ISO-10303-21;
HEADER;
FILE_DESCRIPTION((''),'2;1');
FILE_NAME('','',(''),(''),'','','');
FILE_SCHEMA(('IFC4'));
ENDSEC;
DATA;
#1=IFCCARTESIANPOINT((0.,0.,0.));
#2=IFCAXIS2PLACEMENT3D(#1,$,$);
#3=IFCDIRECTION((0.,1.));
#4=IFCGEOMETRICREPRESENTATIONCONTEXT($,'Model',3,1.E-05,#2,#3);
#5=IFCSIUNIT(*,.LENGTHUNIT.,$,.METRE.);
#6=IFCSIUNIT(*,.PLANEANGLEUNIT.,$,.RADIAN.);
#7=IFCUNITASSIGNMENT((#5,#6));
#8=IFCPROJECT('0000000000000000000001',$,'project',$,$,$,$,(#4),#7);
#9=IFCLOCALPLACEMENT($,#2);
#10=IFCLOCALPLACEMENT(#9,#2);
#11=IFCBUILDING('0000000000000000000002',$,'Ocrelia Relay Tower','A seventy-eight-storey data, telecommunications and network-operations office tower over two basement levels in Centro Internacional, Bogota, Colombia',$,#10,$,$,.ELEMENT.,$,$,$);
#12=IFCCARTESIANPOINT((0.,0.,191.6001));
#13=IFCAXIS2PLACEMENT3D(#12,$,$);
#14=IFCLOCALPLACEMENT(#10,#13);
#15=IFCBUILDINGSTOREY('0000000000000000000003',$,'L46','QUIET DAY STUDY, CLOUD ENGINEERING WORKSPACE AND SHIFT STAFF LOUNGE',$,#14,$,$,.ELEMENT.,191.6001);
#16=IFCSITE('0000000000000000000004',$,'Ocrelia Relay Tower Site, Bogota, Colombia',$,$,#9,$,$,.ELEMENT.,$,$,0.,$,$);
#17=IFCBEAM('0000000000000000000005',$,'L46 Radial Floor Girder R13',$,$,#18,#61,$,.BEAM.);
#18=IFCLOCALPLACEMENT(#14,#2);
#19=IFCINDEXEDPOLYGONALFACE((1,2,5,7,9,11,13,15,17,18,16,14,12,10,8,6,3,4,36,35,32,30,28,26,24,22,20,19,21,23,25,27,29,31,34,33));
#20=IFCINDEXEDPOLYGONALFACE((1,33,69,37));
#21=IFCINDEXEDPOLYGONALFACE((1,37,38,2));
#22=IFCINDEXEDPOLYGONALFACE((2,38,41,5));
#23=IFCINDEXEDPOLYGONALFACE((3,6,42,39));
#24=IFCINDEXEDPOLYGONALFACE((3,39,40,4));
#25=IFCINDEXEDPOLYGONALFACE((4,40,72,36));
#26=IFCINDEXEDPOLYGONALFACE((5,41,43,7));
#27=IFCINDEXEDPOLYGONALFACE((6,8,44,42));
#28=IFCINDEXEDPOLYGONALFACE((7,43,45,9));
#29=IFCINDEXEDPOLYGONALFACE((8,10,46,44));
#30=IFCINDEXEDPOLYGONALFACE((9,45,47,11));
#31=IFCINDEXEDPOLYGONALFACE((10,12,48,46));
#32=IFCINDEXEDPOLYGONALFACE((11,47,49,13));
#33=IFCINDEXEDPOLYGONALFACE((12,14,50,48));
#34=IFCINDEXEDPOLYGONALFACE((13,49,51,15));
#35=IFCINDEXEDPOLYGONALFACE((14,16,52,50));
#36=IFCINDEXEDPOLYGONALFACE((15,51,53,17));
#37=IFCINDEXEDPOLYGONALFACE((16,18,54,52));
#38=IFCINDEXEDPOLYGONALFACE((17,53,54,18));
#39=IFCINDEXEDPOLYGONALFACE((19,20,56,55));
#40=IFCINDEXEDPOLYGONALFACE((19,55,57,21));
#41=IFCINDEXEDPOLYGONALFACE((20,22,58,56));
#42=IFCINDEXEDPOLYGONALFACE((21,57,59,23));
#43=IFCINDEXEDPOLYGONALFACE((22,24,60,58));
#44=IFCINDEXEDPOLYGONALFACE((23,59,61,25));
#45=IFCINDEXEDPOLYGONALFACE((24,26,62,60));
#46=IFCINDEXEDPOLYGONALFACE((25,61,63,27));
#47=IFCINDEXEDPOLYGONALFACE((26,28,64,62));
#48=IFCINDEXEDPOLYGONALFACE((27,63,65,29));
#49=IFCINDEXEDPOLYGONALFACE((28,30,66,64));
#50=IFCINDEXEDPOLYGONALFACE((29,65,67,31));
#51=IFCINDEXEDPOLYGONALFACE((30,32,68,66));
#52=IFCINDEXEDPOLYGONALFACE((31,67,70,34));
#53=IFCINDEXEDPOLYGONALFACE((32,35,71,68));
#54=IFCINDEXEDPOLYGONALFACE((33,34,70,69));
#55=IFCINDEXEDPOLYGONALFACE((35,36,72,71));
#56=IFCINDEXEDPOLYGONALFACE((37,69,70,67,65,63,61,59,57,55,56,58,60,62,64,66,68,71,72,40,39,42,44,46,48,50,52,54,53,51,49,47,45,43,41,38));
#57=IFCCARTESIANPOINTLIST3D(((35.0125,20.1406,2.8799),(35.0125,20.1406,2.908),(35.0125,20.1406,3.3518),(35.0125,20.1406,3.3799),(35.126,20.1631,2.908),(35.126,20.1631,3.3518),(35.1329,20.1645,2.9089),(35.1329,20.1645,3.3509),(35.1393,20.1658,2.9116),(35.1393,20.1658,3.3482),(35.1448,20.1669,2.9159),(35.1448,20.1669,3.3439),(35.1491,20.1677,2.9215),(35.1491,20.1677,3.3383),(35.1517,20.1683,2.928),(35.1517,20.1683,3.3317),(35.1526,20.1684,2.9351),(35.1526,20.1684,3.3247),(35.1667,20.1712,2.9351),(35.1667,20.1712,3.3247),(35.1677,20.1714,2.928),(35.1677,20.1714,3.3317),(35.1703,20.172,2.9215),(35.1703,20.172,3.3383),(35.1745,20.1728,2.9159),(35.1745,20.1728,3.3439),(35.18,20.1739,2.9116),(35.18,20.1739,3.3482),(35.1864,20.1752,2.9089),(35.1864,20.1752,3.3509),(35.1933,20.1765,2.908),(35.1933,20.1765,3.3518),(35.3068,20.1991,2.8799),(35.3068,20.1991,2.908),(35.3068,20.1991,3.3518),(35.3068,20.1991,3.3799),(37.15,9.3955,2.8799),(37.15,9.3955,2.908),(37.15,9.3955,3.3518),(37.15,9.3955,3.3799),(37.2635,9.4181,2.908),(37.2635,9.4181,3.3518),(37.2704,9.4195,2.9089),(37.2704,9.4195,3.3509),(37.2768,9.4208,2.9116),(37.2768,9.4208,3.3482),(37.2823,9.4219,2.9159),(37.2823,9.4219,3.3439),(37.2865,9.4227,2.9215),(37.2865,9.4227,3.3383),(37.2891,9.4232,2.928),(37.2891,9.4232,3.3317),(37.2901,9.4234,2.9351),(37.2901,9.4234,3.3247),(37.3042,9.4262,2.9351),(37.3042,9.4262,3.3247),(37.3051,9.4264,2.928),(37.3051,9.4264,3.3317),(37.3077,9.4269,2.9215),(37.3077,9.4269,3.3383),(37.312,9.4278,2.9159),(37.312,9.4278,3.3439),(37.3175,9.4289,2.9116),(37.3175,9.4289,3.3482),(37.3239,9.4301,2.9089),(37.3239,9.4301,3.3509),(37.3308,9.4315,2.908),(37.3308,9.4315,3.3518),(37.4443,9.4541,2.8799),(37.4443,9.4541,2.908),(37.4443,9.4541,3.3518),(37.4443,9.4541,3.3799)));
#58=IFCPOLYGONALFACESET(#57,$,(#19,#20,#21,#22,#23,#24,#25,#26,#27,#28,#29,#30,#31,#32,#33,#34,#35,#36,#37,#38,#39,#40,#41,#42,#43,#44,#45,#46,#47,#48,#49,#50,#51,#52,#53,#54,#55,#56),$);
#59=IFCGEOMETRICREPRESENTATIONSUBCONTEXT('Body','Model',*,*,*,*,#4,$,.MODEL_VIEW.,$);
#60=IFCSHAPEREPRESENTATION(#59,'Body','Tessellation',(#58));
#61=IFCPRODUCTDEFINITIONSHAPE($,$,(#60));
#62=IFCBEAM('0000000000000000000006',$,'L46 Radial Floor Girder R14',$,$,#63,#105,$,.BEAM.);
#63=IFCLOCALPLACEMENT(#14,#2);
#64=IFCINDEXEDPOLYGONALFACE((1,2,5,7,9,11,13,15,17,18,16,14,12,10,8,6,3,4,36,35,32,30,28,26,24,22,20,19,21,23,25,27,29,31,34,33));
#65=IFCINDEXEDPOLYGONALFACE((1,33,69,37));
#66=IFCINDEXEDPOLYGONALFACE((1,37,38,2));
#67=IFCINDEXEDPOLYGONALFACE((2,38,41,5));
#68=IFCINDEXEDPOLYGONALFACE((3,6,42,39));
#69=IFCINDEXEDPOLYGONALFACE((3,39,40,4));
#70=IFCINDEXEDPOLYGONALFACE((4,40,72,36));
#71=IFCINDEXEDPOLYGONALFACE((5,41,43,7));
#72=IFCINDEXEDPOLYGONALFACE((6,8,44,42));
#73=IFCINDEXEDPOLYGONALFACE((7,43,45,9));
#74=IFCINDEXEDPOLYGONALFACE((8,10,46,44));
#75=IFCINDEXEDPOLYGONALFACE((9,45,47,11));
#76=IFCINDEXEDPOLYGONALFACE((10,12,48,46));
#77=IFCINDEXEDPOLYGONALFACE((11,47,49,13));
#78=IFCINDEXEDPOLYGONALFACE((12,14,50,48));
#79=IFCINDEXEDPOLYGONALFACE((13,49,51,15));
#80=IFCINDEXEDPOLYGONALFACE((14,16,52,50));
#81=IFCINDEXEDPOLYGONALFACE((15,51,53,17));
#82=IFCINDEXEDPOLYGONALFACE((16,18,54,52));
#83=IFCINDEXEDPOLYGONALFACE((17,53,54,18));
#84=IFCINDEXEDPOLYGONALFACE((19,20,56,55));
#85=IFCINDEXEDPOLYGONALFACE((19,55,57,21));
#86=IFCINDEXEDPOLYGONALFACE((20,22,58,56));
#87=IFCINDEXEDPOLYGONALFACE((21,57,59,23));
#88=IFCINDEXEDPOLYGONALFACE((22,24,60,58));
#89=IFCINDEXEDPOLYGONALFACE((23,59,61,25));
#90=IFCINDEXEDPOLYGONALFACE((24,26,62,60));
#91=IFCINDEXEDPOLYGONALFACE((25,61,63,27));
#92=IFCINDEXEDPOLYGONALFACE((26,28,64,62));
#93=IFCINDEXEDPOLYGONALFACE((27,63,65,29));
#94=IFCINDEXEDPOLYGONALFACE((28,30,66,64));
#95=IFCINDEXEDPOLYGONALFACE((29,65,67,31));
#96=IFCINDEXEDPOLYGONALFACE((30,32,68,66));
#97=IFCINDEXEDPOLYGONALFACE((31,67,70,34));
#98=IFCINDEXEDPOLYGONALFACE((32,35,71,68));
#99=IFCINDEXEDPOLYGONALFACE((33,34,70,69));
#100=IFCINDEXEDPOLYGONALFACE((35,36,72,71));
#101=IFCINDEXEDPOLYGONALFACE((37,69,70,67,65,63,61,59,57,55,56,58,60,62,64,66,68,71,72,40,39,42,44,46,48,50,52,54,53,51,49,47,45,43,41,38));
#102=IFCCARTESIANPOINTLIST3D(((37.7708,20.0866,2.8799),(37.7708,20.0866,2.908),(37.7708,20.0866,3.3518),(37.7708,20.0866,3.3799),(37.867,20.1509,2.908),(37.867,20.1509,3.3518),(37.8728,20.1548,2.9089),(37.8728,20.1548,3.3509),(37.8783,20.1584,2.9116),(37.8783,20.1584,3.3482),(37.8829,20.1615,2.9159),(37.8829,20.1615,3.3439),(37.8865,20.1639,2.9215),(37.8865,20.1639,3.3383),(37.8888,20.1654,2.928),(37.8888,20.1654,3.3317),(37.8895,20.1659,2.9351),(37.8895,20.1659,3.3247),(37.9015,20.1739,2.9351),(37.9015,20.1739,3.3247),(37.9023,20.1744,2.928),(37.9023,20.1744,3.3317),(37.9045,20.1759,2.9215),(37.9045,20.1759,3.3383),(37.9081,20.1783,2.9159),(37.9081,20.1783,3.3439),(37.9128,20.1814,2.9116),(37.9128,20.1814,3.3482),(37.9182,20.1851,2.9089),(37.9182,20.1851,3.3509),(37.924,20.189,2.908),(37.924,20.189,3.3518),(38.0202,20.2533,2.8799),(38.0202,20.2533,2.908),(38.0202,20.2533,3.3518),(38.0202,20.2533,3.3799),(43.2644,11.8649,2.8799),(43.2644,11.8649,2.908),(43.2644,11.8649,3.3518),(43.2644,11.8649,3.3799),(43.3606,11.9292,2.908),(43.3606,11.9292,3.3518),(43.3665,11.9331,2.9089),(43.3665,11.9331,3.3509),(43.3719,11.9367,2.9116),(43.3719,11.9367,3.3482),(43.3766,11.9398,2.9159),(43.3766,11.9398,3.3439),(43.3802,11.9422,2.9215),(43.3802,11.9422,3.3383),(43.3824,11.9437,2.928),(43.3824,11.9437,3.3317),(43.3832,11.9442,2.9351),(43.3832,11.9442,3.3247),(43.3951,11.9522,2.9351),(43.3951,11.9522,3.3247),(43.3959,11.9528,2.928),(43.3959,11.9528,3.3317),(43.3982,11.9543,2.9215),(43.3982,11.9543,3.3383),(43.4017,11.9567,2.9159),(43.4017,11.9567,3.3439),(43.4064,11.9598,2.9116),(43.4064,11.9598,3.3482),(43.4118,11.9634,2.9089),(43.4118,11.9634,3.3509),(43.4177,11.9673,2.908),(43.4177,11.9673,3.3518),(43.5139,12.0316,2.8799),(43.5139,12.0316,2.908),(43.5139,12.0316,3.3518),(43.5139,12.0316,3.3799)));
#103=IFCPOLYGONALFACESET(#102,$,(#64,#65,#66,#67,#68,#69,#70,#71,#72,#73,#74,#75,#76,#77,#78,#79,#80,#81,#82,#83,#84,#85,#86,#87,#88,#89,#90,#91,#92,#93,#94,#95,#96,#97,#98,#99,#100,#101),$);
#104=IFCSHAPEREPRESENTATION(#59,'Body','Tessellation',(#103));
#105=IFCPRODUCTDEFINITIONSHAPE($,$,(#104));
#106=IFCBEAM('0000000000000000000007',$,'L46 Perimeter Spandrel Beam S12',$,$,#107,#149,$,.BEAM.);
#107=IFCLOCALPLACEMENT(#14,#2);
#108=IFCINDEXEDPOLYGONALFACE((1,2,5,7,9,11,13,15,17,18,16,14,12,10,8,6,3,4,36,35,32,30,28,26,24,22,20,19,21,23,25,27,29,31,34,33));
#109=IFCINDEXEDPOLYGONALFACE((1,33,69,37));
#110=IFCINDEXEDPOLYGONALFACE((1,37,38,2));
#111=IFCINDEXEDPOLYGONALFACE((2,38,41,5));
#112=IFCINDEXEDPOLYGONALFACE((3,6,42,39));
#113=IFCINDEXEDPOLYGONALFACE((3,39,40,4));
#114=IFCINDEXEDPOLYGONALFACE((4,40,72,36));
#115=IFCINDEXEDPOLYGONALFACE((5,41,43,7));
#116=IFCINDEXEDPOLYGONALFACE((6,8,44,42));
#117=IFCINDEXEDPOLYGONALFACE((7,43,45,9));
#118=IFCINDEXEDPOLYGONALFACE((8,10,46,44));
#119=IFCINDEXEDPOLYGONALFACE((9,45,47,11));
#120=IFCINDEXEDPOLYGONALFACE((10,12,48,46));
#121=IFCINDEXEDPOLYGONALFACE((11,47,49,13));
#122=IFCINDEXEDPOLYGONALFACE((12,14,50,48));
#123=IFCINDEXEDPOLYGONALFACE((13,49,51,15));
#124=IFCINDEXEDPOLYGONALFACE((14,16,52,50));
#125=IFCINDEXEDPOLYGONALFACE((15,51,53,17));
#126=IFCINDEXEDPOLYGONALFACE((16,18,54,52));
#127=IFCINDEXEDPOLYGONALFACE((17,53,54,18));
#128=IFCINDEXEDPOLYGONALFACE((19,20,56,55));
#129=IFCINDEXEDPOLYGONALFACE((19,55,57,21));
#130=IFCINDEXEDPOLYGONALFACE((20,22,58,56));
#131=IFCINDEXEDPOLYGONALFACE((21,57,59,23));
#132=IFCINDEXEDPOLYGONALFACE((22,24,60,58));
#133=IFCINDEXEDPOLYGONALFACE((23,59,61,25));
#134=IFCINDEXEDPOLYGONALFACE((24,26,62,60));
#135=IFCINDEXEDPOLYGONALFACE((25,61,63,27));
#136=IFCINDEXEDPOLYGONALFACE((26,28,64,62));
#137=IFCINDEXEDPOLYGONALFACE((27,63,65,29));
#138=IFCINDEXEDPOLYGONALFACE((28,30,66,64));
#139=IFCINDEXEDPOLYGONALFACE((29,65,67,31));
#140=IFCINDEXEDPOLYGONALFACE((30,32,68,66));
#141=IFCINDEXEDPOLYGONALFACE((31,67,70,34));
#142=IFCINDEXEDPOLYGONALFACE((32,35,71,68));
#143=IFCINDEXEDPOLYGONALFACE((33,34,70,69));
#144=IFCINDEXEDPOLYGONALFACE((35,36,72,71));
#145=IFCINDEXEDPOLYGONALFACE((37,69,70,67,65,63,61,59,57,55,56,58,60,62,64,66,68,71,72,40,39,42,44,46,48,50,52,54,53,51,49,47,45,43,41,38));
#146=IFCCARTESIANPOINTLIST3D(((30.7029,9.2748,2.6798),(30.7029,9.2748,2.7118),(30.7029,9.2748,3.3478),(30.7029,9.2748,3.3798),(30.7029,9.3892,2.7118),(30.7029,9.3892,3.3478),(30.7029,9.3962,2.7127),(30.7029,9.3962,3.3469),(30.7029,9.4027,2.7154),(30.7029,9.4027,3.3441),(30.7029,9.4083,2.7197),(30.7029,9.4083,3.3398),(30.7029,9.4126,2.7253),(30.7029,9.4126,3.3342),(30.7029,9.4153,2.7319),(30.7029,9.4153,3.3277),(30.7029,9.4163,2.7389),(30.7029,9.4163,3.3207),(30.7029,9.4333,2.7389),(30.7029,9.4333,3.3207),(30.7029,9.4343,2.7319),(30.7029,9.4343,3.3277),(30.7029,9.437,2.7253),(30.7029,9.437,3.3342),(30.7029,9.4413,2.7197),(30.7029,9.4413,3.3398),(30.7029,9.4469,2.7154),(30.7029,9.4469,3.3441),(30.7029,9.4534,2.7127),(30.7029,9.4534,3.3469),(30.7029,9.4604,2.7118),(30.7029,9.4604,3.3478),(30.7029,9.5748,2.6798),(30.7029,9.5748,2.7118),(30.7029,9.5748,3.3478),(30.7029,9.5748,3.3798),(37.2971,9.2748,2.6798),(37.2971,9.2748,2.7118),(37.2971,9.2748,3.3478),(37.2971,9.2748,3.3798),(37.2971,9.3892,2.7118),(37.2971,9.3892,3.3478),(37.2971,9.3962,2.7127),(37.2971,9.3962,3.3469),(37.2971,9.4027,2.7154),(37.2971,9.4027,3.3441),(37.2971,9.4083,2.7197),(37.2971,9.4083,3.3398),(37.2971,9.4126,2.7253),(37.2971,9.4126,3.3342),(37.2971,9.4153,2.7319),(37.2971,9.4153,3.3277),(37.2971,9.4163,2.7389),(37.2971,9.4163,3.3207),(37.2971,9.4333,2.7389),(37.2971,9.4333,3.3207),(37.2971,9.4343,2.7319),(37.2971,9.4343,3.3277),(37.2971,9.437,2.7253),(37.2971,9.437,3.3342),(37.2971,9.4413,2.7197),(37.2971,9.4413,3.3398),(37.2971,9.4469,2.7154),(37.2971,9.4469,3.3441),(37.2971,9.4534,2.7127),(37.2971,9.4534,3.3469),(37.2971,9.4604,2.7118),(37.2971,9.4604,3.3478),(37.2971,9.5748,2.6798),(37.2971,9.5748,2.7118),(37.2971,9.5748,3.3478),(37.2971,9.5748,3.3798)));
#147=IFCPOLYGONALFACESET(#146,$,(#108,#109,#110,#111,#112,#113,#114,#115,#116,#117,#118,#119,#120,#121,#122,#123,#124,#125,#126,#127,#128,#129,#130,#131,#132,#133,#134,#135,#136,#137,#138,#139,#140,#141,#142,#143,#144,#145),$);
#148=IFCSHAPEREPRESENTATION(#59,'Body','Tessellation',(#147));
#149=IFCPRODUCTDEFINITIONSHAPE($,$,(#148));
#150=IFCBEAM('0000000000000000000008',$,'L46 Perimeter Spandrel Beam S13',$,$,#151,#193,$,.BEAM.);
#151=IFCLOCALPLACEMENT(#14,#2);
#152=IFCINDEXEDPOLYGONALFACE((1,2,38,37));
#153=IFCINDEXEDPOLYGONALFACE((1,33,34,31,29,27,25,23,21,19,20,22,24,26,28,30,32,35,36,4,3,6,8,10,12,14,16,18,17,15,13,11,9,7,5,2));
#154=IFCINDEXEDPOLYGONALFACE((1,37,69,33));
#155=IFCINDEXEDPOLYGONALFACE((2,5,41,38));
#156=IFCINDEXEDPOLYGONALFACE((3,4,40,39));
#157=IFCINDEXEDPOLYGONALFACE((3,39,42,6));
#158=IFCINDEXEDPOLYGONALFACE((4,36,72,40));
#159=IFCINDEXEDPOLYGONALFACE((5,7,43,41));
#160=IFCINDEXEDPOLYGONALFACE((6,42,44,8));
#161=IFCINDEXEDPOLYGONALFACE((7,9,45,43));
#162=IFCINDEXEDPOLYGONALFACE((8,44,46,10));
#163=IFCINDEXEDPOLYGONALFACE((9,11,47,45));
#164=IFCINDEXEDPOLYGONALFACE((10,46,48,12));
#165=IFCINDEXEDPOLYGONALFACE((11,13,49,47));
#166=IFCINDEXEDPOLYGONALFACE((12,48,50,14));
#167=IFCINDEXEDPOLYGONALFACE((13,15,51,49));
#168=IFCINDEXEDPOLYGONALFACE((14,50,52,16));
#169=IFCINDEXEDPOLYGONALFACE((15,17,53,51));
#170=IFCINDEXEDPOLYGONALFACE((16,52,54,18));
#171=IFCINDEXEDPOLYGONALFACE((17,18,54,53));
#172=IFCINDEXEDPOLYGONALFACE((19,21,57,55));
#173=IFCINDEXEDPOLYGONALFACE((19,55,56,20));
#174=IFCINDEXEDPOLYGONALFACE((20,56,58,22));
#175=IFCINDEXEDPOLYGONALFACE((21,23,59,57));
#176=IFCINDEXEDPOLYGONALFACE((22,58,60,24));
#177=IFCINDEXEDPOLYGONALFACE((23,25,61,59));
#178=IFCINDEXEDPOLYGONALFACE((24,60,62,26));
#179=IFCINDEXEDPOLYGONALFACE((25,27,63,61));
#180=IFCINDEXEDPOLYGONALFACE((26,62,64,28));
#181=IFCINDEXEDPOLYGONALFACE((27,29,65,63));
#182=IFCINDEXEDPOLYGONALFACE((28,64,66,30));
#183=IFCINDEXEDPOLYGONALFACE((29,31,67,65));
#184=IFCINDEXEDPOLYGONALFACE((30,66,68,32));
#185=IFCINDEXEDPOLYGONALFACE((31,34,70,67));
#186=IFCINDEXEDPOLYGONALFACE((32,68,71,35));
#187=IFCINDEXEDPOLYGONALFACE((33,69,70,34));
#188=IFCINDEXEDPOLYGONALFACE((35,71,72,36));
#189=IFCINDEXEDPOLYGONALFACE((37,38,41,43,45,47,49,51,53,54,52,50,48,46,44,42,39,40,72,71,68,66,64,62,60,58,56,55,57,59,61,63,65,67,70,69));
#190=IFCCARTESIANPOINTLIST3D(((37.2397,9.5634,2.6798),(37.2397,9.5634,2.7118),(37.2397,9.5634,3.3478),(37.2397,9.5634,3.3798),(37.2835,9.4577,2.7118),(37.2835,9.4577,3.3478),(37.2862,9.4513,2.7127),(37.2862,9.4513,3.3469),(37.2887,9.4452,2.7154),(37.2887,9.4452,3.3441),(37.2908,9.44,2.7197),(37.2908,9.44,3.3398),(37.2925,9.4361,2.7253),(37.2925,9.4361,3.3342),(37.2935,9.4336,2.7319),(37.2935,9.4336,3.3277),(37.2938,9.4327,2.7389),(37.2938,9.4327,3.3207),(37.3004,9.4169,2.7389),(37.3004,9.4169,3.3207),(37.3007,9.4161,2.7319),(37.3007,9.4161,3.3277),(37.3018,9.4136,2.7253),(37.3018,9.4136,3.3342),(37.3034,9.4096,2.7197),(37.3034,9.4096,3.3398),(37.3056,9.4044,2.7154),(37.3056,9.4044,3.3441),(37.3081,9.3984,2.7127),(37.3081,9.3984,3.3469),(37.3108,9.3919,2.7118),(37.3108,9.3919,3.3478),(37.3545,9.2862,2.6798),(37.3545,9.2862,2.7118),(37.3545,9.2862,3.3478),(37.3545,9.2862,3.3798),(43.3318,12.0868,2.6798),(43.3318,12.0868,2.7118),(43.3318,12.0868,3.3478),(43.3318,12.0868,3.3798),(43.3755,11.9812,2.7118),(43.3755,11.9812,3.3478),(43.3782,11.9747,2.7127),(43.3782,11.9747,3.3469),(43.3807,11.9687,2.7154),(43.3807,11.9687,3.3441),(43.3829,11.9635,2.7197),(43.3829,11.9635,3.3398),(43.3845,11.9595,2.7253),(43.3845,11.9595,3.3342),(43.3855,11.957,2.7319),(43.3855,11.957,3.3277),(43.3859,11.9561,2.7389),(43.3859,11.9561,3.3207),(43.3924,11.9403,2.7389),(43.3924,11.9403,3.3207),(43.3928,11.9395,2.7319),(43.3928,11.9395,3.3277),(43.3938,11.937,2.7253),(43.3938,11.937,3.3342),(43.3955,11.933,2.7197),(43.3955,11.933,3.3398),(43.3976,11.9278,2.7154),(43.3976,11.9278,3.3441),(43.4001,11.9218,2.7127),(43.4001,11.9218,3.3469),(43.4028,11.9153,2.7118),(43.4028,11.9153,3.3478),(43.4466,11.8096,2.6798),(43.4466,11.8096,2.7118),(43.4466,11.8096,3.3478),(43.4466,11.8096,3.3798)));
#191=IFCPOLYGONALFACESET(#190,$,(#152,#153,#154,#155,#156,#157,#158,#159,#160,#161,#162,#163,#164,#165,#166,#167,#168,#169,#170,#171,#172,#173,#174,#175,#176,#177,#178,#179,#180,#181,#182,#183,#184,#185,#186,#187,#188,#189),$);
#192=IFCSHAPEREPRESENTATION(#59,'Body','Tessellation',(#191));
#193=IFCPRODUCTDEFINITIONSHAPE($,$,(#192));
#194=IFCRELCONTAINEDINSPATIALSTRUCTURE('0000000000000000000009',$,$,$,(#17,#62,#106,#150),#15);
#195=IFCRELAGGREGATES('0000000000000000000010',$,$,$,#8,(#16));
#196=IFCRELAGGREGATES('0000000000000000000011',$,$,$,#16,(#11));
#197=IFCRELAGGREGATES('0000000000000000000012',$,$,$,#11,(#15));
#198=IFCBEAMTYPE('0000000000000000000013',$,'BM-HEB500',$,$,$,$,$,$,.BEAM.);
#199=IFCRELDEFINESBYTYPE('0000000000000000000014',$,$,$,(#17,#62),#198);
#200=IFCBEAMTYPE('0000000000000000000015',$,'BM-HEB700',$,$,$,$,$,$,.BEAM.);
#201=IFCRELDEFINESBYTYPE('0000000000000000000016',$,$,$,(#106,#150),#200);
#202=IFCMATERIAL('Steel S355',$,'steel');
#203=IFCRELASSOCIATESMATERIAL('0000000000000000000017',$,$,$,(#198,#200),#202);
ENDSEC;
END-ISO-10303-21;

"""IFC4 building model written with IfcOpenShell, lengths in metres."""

from ifc_helpers import new_model, si_unit, direction, frame, origin, origin_2d, place, context, subcontext, project, spatial, i_section, extrude, material, material_profile, profile_set, type_object, element, save


model = new_model("IFC4")

# Units and contexts
model_context = context("Model", 3, precision=1e-05, world=origin(), true_north=direction((0.0, 1.0)))
body_context = subcontext(model_context, "Body", "Model", "MODEL_VIEW")
ifc_project = project(units=[si_unit("LENGTHUNIT", "METRE"), si_unit("PLANEANGLEUNIT", "RADIAN")], contexts=[model_context])

# Site, building, storey
site_placement = place(None, origin())
site = spatial("IfcSite", under=ifc_project, at=site_placement, Name="Ocrelia Relay Tower Site, Bogota, Colombia", CompositionType="ELEMENT", RefElevation=0.0)
building_placement = place(site_placement, origin())
building = spatial("IfcBuilding", under=site, at=building_placement, Name="Ocrelia Relay Tower", Description="A seventy-eight-storey data, telecommunications and network-operations office tower over two basement levels in Centro Internacional, Bogota, Colombia", CompositionType="ELEMENT")
storey_placement = place(building_placement, frame((0.0, 0.0, 191.6001)))
storey = spatial("IfcBuildingStorey", under=building, at=storey_placement, Name="L46", Description="QUIET DAY STUDY, CLOUD ENGINEERING WORKSPACE AND SHIFT STAFF LOUNGE", CompositionType="ELEMENT", Elevation=191.6001)

# Beams
ifc_material_1 = material(Name="Steel S355", Category="steel")
ifc_material_profile_1 = material_profile(ifc_material_1, i_section(OverallWidth=0.3, OverallDepth=0.5, WebThickness=0.0144, FlangeThickness=0.0281, FilletRadius=0.0271, at=origin_2d()), Name="HEB 500")
ifc_profile_set_1 = profile_set([ifc_material_profile_1], Name="Steel S355")
beam_type_1 = type_object("IfcBeamType", Name="BM-HEB500", PredefinedType="BEAM", material=ifc_profile_set_1)
for number, where, z_axis, x_axis, name in (
    (1, (37.2971, 9.4248, 3.1299), (-0.1951, 0.980783, 0.0), (-0.980783, -0.1951, 0.0), "L46 Radial Floor Girder R13"),
):
    element("IfcBeam", number, at=place(storey_placement, frame(where, z_axis=z_axis, x_axis=x_axis)), inside=storey, type_object=beam_type_1, Name=name, PredefinedType="BEAM", context=body_context, shape_type="SweptSolid", body=[
        extrude(i_section(OverallWidth=0.3, OverallDepth=0.5, WebThickness=0.0144, FlangeThickness=0.0281, FilletRadius=0.0271, at=origin_2d()), origin(), (0.0, 0.0, 1.0), 10.9556),
    ])
beam_1_placement = place(storey_placement, frame((43.3892, 11.9482, 3.1299), z_axis=(-0.555577, 0.831465, 0.0), x_axis=(-0.831465, -0.555577, 0.0)))
element("IfcBeam", 2, at=beam_1_placement, inside=storey, type_object=beam_type_1, Name="L46 Radial Floor Girder R14", PredefinedType="BEAM", context=body_context, shape_type="SweptSolid", body=[
    extrude(i_section(OverallWidth=0.3, OverallDepth=0.5, WebThickness=0.0144, FlangeThickness=0.0281, FilletRadius=0.0271, at=origin_2d()), origin(), (0.0, 0.0, 1.0), 9.8882),
])
ifc_material_profile_2 = material_profile(ifc_material_1, i_section(OverallWidth=0.3, OverallDepth=0.7, WebThickness=0.0171, FlangeThickness=0.032, FilletRadius=0.0271, at=origin_2d()), Name="HEB 700")
ifc_profile_set_2 = profile_set([ifc_material_profile_2], Name="Steel S355")
beam_type_2 = type_object("IfcBeamType", Name="BM-HEB700", PredefinedType="BEAM", material=ifc_profile_set_2)
beam_2_placement = place(storey_placement, frame((30.7029, 9.4248, 3.0298), z_axis=(1.0, 0.0, 0.0), x_axis=(0.0, 1.0, 0.0)))
element("IfcBeam", 3, at=beam_2_placement, inside=storey, type_object=beam_type_2, Name="L46 Perimeter Spandrel Beam S12", PredefinedType="BEAM", context=body_context, shape_type="SweptSolid", body=[
    extrude(i_section(OverallWidth=0.3, OverallDepth=0.7, WebThickness=0.0171, FlangeThickness=0.032, FilletRadius=0.0271, at=origin_2d()), origin(), (0.0, 0.0, 1.0), 6.5942),
])
beam_3_placement = place(storey_placement, frame((37.2971, 9.4248, 3.0298), z_axis=(0.923878, 0.382688, 0.0), x_axis=(-0.382688, 0.923878, 0.0)))
element("IfcBeam", 4, at=beam_3_placement, inside=storey, type_object=beam_type_2, Name="L46 Perimeter Spandrel Beam S13", PredefinedType="BEAM", context=body_context, shape_type="SweptSolid", body=[
    extrude(i_section(OverallWidth=0.3, OverallDepth=0.7, WebThickness=0.0171, FlangeThickness=0.032, FilletRadius=0.0271, at=origin_2d()), origin(), (0.0, 0.0, 1.0), 6.594),
])

save(model, "model.ifc")
